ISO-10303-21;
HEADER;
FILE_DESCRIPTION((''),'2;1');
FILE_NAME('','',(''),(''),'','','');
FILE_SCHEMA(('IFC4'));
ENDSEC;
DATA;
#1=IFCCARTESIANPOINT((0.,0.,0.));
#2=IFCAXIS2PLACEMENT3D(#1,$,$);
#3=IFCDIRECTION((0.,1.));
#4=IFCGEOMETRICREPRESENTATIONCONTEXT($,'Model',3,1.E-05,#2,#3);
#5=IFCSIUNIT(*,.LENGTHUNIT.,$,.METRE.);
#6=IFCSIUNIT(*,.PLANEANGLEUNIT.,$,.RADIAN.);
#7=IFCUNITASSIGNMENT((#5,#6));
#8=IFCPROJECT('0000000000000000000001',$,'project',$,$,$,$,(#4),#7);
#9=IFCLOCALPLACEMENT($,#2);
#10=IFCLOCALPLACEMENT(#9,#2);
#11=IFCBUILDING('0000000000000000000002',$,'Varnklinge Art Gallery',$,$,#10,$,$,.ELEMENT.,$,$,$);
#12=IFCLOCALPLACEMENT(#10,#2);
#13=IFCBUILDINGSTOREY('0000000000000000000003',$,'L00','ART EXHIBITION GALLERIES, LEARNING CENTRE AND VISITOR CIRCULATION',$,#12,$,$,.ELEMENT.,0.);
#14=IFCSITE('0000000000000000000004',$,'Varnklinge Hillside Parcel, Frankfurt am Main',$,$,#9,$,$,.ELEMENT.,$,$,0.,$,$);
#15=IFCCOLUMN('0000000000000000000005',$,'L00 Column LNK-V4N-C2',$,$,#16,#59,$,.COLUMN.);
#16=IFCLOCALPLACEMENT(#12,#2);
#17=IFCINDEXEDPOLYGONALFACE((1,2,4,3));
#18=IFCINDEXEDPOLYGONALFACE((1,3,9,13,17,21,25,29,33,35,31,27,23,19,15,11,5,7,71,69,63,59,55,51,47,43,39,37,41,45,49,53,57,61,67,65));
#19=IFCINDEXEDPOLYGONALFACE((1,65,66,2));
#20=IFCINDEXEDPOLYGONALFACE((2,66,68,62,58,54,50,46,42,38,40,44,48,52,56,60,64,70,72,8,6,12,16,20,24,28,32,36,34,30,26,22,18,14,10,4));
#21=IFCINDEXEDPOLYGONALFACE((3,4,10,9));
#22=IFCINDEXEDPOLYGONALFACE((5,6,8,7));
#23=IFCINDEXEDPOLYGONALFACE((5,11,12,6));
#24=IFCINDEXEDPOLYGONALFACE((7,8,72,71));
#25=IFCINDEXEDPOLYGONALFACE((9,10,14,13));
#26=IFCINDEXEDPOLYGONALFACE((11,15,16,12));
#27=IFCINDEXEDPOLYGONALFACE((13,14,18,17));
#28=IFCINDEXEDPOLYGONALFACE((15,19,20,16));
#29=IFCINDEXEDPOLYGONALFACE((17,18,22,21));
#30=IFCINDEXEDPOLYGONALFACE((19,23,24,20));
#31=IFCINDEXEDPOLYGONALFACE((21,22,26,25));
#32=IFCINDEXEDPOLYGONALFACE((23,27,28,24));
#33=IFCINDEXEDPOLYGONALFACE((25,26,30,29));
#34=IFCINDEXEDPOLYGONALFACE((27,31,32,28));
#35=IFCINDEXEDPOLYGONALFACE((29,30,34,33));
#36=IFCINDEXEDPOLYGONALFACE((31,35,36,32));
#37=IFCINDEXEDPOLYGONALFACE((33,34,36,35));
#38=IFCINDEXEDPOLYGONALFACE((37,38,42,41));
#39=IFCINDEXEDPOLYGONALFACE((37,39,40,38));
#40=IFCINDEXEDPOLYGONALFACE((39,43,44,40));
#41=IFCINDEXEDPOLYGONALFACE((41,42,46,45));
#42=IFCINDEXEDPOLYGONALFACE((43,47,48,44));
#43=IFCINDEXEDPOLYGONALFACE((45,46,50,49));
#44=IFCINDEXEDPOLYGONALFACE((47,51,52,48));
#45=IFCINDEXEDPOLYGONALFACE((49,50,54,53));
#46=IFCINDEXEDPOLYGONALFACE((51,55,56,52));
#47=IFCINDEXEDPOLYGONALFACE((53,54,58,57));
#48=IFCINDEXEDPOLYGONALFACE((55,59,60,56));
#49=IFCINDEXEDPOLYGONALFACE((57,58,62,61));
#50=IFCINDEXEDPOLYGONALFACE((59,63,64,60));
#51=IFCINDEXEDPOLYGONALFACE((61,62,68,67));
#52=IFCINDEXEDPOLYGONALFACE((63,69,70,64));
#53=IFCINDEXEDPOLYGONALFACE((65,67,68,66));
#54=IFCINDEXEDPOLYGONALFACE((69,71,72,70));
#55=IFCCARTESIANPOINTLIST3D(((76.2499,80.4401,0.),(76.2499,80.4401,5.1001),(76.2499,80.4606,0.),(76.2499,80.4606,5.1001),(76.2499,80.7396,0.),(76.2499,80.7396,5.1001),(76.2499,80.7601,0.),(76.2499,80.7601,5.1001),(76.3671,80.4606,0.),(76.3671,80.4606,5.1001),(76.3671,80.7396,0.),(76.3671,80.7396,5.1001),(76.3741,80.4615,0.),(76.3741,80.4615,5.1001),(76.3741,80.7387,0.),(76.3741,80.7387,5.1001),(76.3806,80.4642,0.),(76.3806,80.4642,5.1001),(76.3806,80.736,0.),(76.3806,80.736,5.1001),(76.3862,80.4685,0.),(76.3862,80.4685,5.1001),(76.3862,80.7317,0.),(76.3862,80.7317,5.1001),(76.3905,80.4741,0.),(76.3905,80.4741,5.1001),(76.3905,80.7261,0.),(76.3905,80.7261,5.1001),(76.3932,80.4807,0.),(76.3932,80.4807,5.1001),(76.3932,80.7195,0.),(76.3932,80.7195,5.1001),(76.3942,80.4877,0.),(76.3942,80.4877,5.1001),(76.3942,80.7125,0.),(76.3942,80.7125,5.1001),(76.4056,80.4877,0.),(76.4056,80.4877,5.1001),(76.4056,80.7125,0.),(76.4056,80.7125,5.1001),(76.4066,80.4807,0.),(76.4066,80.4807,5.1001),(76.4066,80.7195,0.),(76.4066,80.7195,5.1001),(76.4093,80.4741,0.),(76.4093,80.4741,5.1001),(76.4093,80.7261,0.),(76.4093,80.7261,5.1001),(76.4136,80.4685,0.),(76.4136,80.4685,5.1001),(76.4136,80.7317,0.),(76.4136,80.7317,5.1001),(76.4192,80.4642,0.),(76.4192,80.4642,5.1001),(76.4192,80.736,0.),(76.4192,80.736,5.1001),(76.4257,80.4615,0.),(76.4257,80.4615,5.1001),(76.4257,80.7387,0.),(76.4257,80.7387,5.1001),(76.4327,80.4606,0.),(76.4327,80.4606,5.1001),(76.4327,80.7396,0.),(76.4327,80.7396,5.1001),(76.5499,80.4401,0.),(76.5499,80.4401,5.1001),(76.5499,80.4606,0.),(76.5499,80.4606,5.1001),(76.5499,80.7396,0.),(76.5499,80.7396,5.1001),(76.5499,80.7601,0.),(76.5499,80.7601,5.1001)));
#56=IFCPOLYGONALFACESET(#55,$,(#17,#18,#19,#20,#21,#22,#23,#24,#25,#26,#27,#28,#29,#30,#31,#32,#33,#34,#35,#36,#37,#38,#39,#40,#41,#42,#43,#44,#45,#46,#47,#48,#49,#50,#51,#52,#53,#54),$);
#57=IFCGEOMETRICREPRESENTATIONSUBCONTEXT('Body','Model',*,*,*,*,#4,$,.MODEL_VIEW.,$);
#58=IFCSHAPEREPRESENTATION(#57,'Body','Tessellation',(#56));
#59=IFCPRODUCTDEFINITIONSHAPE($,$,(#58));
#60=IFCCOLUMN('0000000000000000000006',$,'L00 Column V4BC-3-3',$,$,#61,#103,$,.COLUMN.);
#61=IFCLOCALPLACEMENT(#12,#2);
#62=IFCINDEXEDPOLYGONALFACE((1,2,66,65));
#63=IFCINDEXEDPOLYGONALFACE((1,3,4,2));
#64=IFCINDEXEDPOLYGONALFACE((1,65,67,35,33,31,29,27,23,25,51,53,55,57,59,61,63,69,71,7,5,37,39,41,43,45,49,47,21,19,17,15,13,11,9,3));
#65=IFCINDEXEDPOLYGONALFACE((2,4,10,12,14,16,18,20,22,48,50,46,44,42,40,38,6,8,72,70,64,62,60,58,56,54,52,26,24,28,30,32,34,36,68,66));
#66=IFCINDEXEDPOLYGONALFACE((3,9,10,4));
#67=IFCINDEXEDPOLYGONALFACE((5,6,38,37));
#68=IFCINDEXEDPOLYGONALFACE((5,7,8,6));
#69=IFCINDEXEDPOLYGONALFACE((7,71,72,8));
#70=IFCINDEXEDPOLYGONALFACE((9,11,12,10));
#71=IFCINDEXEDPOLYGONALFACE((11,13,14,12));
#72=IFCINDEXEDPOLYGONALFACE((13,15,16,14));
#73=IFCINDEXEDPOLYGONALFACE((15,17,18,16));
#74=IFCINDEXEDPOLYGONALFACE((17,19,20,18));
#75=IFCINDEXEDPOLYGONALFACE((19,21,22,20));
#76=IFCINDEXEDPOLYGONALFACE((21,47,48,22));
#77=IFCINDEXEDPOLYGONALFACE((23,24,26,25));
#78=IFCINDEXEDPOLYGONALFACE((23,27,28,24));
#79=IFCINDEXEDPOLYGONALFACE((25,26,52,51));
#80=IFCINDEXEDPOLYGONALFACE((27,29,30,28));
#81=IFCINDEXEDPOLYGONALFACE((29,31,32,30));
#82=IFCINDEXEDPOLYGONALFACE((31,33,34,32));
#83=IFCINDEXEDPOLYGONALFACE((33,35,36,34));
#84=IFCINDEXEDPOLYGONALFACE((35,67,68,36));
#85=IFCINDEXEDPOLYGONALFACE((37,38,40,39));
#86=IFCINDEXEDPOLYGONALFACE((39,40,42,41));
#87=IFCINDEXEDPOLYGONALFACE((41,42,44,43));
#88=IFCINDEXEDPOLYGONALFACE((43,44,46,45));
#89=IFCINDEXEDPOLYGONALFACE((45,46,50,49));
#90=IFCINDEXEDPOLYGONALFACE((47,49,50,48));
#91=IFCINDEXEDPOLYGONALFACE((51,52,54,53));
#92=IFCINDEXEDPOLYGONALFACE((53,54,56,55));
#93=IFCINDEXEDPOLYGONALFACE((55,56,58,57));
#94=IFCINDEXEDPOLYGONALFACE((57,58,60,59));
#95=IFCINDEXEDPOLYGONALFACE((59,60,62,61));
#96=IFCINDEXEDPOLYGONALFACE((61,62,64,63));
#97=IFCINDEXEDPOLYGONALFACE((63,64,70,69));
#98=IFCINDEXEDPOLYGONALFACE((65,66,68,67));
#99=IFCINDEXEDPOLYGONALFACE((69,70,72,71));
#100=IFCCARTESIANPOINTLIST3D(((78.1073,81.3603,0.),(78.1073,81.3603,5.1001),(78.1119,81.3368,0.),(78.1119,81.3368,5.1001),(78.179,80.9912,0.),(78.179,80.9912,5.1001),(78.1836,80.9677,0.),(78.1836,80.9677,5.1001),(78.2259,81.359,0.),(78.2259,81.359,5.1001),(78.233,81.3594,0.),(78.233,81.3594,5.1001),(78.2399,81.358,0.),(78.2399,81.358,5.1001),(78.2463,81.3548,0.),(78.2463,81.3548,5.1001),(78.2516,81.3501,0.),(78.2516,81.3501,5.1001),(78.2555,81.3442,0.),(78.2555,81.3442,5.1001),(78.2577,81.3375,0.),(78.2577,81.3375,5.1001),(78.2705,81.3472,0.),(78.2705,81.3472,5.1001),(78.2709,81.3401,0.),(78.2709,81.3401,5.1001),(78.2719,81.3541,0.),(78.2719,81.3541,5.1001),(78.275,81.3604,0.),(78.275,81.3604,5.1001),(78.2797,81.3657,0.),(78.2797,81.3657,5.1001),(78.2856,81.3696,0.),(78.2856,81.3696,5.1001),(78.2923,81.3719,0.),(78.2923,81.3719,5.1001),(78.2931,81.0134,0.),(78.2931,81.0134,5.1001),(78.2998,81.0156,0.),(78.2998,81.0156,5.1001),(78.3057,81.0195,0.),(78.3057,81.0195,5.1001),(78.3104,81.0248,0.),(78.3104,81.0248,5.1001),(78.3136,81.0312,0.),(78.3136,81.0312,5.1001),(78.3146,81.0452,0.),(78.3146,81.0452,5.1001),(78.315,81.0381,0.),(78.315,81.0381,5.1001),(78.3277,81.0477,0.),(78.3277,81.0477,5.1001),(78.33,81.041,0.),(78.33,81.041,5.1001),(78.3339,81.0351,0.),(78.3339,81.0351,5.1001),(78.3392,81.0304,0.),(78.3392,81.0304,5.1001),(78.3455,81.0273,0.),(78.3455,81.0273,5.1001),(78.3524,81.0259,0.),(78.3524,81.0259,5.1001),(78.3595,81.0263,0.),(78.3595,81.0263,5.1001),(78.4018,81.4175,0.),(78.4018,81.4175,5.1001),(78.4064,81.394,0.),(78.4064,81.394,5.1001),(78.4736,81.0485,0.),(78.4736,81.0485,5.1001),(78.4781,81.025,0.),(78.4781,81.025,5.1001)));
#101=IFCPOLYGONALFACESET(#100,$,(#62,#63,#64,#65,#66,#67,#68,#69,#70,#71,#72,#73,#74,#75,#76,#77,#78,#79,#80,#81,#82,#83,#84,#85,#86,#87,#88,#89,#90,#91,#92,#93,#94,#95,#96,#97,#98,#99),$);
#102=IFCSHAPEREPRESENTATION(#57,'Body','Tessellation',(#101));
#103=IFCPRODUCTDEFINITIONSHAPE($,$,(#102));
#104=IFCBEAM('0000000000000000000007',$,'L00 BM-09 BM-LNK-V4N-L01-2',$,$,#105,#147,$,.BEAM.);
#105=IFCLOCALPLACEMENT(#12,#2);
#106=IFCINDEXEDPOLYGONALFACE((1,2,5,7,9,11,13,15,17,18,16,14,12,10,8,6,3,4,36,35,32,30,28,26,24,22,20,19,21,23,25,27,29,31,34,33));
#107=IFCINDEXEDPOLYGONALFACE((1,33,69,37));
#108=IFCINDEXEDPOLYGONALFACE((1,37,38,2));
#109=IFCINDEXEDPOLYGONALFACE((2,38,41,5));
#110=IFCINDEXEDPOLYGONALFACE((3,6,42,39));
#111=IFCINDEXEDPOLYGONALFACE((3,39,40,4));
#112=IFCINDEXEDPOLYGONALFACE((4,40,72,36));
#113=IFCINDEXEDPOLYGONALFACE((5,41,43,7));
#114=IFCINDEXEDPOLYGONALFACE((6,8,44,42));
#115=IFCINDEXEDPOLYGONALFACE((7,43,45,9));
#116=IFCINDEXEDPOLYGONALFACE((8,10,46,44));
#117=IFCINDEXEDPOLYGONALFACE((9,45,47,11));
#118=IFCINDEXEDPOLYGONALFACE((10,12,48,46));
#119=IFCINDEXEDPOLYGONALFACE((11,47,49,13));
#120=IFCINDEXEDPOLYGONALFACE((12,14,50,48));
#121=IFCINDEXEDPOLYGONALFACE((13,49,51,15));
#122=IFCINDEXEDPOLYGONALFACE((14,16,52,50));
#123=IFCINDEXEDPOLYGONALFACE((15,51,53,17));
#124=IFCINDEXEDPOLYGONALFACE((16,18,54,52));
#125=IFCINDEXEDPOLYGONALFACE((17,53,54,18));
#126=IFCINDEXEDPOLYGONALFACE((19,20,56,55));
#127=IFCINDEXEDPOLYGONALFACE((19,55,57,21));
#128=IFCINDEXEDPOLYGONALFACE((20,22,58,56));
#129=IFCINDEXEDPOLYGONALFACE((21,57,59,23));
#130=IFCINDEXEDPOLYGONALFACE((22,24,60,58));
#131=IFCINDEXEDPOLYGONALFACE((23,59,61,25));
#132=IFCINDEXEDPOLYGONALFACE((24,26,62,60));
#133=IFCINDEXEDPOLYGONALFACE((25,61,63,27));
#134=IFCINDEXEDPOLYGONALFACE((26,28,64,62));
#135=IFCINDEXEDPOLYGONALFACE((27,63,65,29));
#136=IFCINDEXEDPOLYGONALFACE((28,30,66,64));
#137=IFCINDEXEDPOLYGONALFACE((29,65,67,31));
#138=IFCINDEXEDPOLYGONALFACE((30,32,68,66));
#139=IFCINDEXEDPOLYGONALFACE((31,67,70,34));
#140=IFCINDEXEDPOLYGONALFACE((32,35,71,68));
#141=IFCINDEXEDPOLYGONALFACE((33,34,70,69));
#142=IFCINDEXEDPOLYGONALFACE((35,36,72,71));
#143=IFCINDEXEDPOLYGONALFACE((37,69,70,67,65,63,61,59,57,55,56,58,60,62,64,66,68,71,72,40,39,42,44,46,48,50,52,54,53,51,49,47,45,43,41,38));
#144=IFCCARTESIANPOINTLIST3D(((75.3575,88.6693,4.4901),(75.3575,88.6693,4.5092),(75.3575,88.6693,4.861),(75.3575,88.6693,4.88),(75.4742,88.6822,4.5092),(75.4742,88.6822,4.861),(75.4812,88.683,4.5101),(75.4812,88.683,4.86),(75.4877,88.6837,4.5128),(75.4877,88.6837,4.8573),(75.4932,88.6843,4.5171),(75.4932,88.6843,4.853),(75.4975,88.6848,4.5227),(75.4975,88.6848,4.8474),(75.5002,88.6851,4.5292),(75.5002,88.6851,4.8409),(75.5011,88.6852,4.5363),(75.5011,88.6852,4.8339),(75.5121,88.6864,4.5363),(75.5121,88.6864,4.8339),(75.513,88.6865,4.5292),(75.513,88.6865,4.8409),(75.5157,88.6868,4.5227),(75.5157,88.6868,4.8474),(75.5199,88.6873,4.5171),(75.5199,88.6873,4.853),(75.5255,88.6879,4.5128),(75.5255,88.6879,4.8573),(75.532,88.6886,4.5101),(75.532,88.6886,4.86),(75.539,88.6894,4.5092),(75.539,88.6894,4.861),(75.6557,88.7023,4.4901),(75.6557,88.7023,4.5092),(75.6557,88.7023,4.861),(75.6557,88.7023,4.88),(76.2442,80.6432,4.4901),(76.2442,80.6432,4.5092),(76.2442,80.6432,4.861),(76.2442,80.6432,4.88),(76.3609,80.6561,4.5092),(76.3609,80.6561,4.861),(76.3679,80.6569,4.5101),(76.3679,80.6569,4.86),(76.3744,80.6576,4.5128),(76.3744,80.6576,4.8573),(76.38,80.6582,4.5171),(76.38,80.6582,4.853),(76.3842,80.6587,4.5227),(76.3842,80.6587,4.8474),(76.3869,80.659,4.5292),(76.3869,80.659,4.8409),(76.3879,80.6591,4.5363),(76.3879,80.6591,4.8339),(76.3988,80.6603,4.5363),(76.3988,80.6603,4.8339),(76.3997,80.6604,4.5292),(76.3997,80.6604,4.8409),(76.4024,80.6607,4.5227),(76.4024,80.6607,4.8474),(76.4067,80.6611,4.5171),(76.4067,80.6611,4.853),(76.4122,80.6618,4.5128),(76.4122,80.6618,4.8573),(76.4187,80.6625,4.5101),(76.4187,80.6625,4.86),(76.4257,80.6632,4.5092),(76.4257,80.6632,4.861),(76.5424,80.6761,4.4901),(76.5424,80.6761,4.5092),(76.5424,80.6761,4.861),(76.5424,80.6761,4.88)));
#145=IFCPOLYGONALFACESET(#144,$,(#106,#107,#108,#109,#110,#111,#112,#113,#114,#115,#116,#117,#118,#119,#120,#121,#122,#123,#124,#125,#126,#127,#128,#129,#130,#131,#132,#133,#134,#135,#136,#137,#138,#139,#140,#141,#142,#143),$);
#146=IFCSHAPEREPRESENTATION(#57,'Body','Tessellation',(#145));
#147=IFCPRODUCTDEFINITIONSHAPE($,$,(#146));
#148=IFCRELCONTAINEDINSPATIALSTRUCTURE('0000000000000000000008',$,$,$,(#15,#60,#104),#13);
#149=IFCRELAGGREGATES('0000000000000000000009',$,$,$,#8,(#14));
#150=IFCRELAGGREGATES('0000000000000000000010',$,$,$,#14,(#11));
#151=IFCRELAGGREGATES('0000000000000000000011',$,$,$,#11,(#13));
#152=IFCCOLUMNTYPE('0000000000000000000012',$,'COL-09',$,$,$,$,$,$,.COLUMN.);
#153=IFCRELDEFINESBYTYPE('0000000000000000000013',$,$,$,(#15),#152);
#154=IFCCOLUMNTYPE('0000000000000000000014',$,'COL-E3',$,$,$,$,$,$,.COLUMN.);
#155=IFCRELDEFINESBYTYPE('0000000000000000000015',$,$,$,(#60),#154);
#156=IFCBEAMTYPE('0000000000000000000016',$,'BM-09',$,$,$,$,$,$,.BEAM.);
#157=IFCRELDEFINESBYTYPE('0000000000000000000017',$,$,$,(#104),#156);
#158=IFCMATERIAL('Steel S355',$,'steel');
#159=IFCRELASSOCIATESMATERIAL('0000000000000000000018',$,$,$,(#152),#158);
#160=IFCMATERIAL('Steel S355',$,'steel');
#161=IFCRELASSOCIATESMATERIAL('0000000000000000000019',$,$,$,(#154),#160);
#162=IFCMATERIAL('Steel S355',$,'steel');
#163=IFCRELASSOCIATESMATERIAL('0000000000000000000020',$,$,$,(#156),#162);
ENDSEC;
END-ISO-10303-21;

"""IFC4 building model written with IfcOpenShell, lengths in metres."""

from ifc_helpers import new_model, si_unit, direction, frame, origin, origin_2d, place, context, subcontext, project, spatial, i_section, extrude, material, material_profile, profile_set, type_object, element, save


model = new_model("IFC4")

# Units and contexts
model_context = context("Model", 3, precision=1e-05, world=origin(), true_north=direction((0.0, 1.0)))
body_context = subcontext(model_context, "Body", "Model", "MODEL_VIEW")
ifc_project = project(units=[si_unit("LENGTHUNIT", "METRE"), si_unit("PLANEANGLEUNIT", "RADIAN")], contexts=[model_context])

# Site, building, storey
site_placement = place(None, origin())
site = spatial("IfcSite", under=ifc_project, at=site_placement, Name="Varnklinge Hillside Parcel, Frankfurt am Main", CompositionType="ELEMENT", RefElevation=0.0)
building_placement = place(site_placement, origin())
building = spatial("IfcBuilding", under=site, at=building_placement, Name="Varnklinge Art Gallery", CompositionType="ELEMENT")
storey_placement = place(building_placement, origin())
storey = spatial("IfcBuildingStorey", under=building, at=storey_placement, Name="L00", Description="ART EXHIBITION GALLERIES, LEARNING CENTRE AND VISITOR CIRCULATION", CompositionType="ELEMENT", Elevation=0.0)

# Columns
ifc_material_1 = material(Name="Steel S355", Category="steel")
ifc_material_profile_1 = material_profile(ifc_material_1, i_section(OverallWidth=0.3, OverallDepth=0.3201, WebThickness=0.0115, FlangeThickness=0.0205, FilletRadius=0.0271, at=origin_2d()), Name="HEB 320")
ifc_profile_set_1 = profile_set([ifc_material_profile_1], Name="Steel S355")
column_type_1 = type_object("IfcColumnType", Name="COL-09", PredefinedType="COLUMN", material=ifc_profile_set_1)
column_1_placement = place(storey_placement, frame((76.3999, 80.6001, 0.0), z_axis=(0.0, 0.0, 1.0), x_axis=(1.0, 0.0, 0.0)))
element("IfcColumn", 1, at=column_1_placement, inside=storey, type_object=column_type_1, Name="L00 Column LNK-V4N-C2", PredefinedType="COLUMN", context=body_context, shape_type="SweptSolid", body=[
    extrude(i_section(OverallWidth=0.3, OverallDepth=0.3201, WebThickness=0.0115, FlangeThickness=0.0205, FilletRadius=0.0271, at=origin_2d()), origin(), (0.0, 0.0, 1.0), 5.1001),
])
ifc_material_2 = material(Name="Steel S355", Category="steel")
ifc_material_profile_2 = material_profile(ifc_material_2, i_section(OverallWidth=0.3, OverallDepth=0.3999, WebThickness=0.0134, FlangeThickness=0.0239, FilletRadius=0.0271, at=origin_2d()), Name="HEB 400")
ifc_profile_set_2 = profile_set([ifc_material_profile_2], Name="Steel S355")
column_type_2 = type_object("IfcColumnType", Name="COL-E3", PredefinedType="COLUMN", material=ifc_profile_set_2)
column_2_placement = place(storey_placement, frame((78.2927, 81.1926, 0.0), z_axis=(0.0, 0.0, 1.0), x_axis=(0.981627, 0.190809, 0.0)))
element("IfcColumn", 2, at=column_2_placement, inside=storey, type_object=column_type_2, Name="L00 Column V4BC-3-3", PredefinedType="COLUMN", context=body_context, shape_type="SweptSolid", body=[
    extrude(i_section(OverallWidth=0.3, OverallDepth=0.3999, WebThickness=0.0134, FlangeThickness=0.0239, FilletRadius=0.0271, at=origin_2d()), origin(), (0.0, 0.0, 1.0), 5.1001),
])

# Beam
ifc_material_3 = material(Name="Steel S355", Category="steel")
ifc_material_profile_3 = material_profile(ifc_material_3, i_section(OverallWidth=0.3, OverallDepth=0.3899, WebThickness=0.011, FlangeThickness=0.019, FilletRadius=0.0271, at=origin_2d()), Name="HEA 400")
ifc_profile_set_3 = profile_set([ifc_material_profile_3], Name="Steel S355")
beam_type_1 = type_object("IfcBeamType", Name="BM-09", PredefinedType="BEAM", material=ifc_profile_set_3)
beam_1_placement = place(storey_placement, frame((76.3933, 80.6597, 4.6851), z_axis=(-0.109811, 0.993952, 0.0), x_axis=(-0.993952, -0.109811, 0.0)))
element("IfcBeam", 3, at=beam_1_placement, inside=storey, type_object=beam_type_1, Name="L00 BM-09 BM-LNK-V4N-L01-2", PredefinedType="BEAM", context=body_context, shape_type="SweptSolid", body=[
    extrude(i_section(OverallWidth=0.3, OverallDepth=0.3899, WebThickness=0.011, FlangeThickness=0.019, FilletRadius=0.0271, at=origin_2d()), origin(), (0.0, 0.0, 1.0), 8.075),
])

save(model, "model.ifc")
